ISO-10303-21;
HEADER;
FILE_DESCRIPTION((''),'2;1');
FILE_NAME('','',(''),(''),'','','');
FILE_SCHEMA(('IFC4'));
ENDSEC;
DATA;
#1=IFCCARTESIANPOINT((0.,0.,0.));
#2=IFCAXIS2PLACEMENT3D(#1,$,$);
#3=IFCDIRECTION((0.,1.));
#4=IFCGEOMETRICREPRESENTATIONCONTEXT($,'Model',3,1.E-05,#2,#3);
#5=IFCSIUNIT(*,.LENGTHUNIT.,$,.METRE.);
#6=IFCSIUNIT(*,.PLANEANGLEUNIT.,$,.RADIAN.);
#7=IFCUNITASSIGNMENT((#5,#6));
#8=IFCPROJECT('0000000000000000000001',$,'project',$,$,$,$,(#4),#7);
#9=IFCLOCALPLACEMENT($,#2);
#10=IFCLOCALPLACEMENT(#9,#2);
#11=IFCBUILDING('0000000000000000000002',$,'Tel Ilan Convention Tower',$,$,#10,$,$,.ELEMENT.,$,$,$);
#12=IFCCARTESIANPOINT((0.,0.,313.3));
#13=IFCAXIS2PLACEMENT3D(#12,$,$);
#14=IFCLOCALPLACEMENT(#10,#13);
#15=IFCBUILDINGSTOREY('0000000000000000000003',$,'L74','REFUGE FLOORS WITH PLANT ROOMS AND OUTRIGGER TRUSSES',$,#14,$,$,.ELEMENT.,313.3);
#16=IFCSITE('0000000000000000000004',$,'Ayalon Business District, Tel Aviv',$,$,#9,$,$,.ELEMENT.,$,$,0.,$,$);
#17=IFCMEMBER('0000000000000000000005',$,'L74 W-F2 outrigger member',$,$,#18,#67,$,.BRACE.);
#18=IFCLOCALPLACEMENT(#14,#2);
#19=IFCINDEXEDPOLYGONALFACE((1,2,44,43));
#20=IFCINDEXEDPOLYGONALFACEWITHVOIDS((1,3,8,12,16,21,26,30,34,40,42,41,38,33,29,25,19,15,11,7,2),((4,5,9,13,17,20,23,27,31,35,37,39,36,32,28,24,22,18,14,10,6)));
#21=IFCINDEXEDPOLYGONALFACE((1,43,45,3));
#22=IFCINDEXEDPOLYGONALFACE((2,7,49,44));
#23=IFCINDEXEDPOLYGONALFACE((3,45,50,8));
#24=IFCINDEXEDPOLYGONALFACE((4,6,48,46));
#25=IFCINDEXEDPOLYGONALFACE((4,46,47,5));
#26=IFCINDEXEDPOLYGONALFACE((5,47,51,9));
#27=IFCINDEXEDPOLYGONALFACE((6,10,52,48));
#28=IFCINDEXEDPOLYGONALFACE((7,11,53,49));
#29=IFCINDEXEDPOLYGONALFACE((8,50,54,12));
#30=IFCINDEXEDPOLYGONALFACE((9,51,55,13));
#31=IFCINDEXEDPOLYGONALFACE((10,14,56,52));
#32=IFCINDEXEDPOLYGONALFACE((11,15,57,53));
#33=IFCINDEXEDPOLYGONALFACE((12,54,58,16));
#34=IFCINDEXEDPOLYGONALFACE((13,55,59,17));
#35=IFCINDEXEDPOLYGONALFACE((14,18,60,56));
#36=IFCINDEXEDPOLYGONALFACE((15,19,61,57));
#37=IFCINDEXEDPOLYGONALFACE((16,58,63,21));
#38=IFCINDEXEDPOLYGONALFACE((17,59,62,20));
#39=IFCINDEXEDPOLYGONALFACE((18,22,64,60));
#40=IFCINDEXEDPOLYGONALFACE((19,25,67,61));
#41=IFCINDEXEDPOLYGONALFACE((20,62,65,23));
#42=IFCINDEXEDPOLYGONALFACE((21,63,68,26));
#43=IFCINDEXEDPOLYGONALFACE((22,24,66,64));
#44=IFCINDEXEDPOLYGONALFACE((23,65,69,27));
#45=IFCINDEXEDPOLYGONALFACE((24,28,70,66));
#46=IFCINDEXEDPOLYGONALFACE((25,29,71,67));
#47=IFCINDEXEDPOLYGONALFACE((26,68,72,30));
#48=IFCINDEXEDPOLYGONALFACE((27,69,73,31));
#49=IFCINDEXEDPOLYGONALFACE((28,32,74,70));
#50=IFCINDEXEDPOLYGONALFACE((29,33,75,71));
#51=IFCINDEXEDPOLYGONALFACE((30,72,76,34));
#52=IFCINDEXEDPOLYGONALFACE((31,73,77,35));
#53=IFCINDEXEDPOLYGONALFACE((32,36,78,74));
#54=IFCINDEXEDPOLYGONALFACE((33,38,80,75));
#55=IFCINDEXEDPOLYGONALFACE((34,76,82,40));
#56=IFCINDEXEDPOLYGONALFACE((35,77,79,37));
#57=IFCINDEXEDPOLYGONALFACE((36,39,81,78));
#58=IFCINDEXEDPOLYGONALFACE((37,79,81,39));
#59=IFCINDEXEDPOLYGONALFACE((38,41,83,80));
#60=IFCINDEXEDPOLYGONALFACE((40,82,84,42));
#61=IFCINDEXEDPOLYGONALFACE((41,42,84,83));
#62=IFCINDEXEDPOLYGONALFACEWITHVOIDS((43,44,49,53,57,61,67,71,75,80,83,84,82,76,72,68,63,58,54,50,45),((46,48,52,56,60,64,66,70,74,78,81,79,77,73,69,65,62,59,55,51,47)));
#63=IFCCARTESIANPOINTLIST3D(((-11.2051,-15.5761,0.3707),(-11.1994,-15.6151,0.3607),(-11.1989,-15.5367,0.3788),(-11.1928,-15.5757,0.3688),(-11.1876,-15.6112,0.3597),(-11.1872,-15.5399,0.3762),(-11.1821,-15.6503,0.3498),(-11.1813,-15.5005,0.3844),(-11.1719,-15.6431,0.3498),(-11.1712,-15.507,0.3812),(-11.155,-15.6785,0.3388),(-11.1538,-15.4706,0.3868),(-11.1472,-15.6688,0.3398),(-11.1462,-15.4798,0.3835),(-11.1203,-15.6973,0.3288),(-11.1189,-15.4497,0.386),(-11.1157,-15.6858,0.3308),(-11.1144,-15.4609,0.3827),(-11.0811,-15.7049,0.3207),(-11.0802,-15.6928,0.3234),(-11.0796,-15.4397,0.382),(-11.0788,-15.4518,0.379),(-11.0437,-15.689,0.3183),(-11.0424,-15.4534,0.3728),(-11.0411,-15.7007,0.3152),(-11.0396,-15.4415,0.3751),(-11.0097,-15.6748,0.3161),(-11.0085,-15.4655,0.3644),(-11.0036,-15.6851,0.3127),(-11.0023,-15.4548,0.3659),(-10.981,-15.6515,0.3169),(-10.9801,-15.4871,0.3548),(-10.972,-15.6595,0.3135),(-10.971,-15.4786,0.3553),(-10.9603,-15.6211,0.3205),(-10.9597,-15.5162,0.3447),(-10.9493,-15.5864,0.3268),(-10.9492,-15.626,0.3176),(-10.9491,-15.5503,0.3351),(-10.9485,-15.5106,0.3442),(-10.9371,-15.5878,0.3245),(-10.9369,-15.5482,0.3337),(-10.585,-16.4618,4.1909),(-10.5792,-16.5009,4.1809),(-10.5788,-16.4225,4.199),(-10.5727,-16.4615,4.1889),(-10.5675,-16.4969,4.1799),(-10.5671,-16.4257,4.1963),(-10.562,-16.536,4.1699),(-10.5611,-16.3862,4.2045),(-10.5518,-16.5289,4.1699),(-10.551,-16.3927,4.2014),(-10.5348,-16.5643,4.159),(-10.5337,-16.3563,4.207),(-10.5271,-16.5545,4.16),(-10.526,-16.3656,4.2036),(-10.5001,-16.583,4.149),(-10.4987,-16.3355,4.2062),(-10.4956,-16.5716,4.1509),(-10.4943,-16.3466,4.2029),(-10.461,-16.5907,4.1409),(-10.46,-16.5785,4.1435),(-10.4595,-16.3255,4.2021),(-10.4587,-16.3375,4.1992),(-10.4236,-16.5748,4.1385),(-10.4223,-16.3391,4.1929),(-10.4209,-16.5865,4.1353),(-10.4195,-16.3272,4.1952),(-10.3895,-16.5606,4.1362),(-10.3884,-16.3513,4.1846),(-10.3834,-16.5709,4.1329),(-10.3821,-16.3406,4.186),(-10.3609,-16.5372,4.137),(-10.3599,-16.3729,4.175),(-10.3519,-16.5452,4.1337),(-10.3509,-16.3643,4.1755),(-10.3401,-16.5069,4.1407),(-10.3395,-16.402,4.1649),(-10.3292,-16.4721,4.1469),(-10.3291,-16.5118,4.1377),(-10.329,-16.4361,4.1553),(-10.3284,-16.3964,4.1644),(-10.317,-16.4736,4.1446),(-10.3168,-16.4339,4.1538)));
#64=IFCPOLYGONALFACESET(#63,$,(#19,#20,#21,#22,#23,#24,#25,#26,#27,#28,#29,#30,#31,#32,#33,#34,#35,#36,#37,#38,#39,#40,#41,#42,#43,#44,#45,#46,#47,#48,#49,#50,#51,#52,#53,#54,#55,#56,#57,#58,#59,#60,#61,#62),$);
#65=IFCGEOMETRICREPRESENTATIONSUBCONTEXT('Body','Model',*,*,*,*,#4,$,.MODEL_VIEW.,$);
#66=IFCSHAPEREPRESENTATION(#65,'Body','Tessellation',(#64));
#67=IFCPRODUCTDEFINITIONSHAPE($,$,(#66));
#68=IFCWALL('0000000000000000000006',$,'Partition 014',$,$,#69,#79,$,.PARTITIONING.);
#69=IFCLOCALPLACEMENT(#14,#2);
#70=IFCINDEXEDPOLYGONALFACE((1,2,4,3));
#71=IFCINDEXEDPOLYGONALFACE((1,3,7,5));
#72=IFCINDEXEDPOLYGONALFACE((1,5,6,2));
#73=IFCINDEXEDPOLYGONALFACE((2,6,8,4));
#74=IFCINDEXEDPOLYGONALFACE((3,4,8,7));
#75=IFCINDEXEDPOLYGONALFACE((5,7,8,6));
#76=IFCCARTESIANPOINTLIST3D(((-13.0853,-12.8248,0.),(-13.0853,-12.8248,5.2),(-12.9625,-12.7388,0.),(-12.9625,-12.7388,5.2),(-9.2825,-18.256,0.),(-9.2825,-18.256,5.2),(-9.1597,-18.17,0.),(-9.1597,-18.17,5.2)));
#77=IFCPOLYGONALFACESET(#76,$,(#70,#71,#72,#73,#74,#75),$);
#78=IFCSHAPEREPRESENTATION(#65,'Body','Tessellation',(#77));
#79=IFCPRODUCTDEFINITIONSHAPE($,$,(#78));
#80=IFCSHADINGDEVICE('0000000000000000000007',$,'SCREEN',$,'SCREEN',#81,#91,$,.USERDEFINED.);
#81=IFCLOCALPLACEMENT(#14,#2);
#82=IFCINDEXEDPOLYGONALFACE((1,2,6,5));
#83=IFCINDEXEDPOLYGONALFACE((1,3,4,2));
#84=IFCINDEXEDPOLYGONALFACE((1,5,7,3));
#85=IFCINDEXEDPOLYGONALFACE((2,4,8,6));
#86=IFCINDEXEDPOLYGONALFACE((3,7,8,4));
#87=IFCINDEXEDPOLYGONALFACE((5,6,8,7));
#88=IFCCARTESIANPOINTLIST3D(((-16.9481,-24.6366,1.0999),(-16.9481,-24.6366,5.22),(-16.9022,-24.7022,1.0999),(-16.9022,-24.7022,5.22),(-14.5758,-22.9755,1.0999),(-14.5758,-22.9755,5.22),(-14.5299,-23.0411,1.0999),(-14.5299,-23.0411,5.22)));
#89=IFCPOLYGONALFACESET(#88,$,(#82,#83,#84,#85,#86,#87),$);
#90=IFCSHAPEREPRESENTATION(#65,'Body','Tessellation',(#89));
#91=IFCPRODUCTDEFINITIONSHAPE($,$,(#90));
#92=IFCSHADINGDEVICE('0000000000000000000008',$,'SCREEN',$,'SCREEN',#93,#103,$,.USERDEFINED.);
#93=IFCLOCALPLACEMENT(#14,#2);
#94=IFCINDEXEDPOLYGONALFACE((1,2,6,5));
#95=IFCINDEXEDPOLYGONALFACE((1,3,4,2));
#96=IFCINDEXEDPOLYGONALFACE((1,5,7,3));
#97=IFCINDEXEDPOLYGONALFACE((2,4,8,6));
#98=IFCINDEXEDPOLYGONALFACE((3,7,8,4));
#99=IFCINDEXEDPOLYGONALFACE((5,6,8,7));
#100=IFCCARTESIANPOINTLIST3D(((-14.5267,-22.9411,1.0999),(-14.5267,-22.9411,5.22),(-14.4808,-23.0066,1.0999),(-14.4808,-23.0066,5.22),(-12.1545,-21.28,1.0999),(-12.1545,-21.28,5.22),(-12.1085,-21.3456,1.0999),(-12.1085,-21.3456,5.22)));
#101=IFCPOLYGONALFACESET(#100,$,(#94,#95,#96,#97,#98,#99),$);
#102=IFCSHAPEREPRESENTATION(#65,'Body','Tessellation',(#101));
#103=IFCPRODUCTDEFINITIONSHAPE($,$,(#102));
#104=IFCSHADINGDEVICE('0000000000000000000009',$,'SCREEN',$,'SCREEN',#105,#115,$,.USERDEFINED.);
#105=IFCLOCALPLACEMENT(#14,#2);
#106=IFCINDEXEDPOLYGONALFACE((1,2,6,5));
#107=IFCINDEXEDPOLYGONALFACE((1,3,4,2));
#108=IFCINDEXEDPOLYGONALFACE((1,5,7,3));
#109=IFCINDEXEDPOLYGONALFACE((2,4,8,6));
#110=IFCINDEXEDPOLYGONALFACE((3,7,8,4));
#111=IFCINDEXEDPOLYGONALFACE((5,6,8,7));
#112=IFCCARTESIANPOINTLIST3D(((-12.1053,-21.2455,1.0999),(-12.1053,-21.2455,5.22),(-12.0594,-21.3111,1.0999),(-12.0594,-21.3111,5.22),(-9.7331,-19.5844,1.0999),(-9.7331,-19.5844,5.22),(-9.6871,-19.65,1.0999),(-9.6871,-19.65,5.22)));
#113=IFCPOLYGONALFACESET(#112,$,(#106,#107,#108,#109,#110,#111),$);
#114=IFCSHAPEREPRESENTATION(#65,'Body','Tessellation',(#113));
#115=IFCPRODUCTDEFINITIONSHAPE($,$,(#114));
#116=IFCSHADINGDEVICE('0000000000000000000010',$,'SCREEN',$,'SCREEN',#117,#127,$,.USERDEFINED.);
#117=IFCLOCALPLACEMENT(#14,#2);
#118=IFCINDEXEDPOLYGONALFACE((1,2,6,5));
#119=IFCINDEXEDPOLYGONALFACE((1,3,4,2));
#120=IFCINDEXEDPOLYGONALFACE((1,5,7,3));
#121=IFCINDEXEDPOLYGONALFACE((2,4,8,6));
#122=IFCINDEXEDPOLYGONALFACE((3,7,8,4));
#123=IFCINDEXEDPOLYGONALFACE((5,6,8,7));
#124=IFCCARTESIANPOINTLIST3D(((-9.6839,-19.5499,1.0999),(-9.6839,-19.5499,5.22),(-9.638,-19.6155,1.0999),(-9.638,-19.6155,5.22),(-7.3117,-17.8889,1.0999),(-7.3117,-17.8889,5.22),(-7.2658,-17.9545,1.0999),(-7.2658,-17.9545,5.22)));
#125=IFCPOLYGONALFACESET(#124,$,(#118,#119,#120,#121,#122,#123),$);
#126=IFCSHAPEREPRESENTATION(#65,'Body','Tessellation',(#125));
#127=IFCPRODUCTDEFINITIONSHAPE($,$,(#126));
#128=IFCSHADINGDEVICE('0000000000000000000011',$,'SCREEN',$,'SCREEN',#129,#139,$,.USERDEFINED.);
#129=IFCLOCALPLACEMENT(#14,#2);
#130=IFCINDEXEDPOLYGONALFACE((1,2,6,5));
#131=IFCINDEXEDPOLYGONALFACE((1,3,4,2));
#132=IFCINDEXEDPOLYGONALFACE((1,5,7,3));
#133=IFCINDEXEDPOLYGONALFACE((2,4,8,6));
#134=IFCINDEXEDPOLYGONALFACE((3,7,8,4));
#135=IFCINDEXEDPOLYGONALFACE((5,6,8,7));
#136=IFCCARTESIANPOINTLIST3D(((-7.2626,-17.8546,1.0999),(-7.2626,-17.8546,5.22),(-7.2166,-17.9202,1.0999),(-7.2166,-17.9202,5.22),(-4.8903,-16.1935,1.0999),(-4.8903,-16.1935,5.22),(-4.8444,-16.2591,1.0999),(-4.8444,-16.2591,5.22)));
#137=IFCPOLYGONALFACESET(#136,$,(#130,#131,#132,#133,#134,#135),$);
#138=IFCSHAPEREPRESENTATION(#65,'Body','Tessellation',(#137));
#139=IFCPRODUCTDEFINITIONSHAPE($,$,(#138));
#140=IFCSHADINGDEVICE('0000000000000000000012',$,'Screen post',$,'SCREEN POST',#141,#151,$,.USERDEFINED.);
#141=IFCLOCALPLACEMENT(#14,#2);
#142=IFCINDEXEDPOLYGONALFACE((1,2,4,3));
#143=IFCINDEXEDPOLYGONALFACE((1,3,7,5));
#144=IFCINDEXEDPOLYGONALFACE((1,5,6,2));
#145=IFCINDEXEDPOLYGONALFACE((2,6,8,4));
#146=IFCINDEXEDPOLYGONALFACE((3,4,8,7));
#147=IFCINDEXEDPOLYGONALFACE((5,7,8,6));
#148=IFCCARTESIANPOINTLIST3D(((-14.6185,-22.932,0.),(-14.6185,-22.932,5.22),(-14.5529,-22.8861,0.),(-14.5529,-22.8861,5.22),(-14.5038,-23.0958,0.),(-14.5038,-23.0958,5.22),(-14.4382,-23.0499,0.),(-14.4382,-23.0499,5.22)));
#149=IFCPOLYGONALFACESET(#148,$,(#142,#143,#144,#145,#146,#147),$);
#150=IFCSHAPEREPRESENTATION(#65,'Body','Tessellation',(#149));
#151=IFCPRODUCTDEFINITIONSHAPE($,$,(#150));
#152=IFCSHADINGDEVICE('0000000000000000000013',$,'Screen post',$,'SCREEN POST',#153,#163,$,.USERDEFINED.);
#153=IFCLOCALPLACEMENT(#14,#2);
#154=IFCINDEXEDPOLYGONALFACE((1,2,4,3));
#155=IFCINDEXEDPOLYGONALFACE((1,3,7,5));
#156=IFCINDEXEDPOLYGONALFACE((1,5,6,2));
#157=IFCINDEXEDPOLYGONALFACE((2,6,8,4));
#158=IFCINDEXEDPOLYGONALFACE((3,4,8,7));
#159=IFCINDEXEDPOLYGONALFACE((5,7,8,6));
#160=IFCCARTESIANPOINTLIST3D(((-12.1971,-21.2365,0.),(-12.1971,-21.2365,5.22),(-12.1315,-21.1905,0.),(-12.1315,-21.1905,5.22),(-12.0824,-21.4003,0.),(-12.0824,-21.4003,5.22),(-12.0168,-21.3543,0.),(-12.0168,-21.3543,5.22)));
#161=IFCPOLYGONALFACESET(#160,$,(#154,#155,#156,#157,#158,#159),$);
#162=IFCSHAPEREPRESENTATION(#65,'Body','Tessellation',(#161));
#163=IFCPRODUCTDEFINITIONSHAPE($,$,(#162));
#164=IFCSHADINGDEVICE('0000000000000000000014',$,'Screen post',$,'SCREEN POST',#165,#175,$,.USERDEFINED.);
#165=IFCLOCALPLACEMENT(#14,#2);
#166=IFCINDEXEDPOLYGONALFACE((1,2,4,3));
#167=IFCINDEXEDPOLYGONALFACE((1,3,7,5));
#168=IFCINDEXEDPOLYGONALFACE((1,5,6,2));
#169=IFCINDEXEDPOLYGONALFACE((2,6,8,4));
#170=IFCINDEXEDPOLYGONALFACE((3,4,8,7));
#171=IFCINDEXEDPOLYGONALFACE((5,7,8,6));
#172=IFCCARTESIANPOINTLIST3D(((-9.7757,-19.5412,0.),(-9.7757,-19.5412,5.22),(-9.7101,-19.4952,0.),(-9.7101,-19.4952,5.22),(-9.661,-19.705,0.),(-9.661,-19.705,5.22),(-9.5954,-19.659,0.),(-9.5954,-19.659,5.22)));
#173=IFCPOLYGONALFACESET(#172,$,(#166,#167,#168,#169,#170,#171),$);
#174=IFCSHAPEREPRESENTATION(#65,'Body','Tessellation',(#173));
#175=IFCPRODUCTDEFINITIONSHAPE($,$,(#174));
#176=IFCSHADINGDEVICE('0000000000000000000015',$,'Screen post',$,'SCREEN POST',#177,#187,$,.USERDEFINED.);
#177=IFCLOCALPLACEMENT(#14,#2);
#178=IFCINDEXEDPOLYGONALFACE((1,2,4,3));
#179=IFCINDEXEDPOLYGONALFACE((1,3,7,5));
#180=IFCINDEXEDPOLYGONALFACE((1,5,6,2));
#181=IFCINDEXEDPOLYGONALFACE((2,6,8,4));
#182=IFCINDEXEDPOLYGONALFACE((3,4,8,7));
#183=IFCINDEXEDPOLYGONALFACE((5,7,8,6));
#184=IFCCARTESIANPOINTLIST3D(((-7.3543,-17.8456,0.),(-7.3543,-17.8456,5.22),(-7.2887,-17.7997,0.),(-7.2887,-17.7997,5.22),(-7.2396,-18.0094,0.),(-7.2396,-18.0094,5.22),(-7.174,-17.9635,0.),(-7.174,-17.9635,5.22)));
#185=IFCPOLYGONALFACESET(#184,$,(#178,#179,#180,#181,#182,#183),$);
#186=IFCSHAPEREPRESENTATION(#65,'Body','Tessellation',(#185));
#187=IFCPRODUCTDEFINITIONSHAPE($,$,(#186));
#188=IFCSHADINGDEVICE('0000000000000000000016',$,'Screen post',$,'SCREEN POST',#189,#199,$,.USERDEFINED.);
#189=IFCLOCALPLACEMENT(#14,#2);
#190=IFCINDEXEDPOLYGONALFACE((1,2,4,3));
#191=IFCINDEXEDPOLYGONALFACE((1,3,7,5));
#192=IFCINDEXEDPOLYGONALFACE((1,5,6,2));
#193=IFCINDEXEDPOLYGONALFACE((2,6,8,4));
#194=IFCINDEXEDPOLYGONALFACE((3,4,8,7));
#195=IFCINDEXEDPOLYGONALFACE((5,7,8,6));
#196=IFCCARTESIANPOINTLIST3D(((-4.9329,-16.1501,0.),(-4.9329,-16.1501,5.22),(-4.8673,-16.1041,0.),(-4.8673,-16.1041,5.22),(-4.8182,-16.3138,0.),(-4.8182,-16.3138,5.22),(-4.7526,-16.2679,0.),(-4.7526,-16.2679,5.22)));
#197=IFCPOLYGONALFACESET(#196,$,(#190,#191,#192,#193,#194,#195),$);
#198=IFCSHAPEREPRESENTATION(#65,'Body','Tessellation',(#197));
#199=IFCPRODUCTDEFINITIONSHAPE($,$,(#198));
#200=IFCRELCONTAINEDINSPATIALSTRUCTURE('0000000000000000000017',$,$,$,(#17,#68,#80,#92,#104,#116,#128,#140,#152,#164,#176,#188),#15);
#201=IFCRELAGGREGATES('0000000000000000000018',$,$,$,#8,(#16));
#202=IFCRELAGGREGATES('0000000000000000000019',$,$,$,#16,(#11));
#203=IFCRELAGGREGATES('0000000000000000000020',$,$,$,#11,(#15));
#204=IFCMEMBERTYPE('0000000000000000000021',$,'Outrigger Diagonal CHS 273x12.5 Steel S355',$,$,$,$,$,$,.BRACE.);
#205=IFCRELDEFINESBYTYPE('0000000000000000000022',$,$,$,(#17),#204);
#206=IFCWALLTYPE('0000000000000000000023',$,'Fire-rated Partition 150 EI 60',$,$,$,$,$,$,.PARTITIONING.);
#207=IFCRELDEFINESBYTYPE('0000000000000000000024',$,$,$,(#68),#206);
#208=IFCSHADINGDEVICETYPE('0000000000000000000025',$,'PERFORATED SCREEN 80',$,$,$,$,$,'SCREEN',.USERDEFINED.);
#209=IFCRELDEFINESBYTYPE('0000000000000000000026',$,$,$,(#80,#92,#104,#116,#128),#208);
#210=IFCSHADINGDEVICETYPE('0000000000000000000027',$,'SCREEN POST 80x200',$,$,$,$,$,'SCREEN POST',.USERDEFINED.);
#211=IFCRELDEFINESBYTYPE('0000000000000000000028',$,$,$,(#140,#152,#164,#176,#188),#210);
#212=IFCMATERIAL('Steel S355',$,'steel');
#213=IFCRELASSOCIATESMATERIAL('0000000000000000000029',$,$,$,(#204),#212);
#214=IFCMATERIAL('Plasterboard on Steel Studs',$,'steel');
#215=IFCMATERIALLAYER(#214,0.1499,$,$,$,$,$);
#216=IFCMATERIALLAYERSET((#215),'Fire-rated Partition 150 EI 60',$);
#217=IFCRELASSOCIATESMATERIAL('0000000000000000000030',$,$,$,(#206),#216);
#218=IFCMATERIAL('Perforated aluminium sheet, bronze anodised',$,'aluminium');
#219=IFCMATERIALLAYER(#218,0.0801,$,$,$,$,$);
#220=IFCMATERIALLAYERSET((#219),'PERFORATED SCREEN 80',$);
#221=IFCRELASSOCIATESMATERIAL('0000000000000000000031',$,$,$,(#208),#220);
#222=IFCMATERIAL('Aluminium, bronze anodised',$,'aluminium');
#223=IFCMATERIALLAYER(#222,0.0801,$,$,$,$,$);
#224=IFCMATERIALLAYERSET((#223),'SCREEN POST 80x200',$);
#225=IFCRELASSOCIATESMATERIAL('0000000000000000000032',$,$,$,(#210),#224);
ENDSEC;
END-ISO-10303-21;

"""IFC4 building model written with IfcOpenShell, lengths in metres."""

from ifc_helpers import new_model, si_unit, direction, frame, frame_2d, origin, origin_2d, place, context, subcontext, project, spatial, rectangle, hollow_circle, extrude, material, layer, layer_set, material_profile, profile_set, type_object, element, save


model = new_model("IFC4")

# Units and contexts
model_context = context("Model", 3, precision=1e-05, world=origin(), true_north=direction((0.0, 1.0)))
body_context = subcontext(model_context, "Body", "Model", "MODEL_VIEW")
ifc_project = project(units=[si_unit("LENGTHUNIT", "METRE"), si_unit("PLANEANGLEUNIT", "RADIAN")], contexts=[model_context])

# Site, building, storey
site_placement = place(None, origin())
site = spatial("IfcSite", under=ifc_project, at=site_placement, Name="Ayalon Business District, Tel Aviv", CompositionType="ELEMENT", RefElevation=0.0)
building_placement = place(site_placement, origin())
building = spatial("IfcBuilding", under=site, at=building_placement, Name="Tel Ilan Convention Tower", CompositionType="ELEMENT")
storey_placement = place(building_placement, frame((0.0, 0.0, 313.3)))
storey = spatial("IfcBuildingStorey", under=building, at=storey_placement, Name="L74", Description="REFUGE FLOORS WITH PLANT ROOMS AND OUTRIGGER TRUSSES", CompositionType="ELEMENT", Elevation=313.3)

# Member
ifc_material_1 = material(Name="Steel S355", Category="steel")
ifc_material_profile_1 = material_profile(ifc_material_1, hollow_circle(Radius=0.1365, WallThickness=0.0125, at=origin_2d()), Name="CHS 273x12.5")
ifc_profile_set_1 = profile_set([ifc_material_profile_1], Name="Steel S355")
member_type_1 = type_object("IfcMemberType", Name="Outrigger Diagonal CHS 273x12.5 Steel S355", PredefinedType="BRACE", material=ifc_profile_set_1)
for number, where, z_axis, x_axis, name in (
    (1, (-10.4502, -16.4578, 4.1699), (-0.156195, 0.223101, -0.9622), (-0.819189, -0.573523, 0.0), "L74 W-F2 outrigger member"),
):
    element("IfcMember", number, at=place(storey_placement, frame(where, z_axis=z_axis, x_axis=x_axis)), inside=storey, type_object=member_type_1, Name=name, PredefinedType="BRACE", context=body_context, shape_type="SweptSolid", body=[
        extrude(hollow_circle(Radius=0.1365, WallThickness=0.0125, at=origin_2d()), origin(), (0.0, 0.0, 1.0), 3.9702),
    ])

# Wall
ifc_material_2 = material(Name="Plasterboard on Steel Studs", Category="steel")
ifc_layer_1 = layer(ifc_material_2, 0.1499)
ifc_layer_set_1 = layer_set([ifc_layer_1], Name="Fire-rated Partition 150 EI 60")
wall_type = type_object("IfcWallType", Name="Fire-rated Partition 150 EI 60", PredefinedType="PARTITIONING", material=ifc_layer_set_1)
wall_placement = place(storey_placement, frame((-9.2212, -18.2129, 0.0), z_axis=(0.0, 0.0, 1.0), x_axis=(-0.573556, 0.819166, 0.0)))
element("IfcWall", 2, at=wall_placement, inside=storey, type_object=wall_type, Name="Partition 014", PredefinedType="PARTITIONING", context=body_context, shape_type="SweptSolid", body=[
    extrude(rectangle(XDim=6.6301, YDim=0.1499, at=frame_2d((3.3149, 0.0))), origin(), (0.0, 0.0, 1.0), 5.2),
])

# Shading devices
ifc_material_3 = material(Name="Perforated aluminium sheet, bronze anodised", Category="aluminium")
ifc_layer_2 = layer(ifc_material_3, 0.0801)
ifc_layer_set_2 = layer_set([ifc_layer_2], Name="PERFORATED SCREEN 80")
shading_device_type_1 = type_object("IfcShadingDeviceType", Name="PERFORATED SCREEN 80", ElementType="SCREEN", PredefinedType="USERDEFINED", material=ifc_layer_set_2)
for number, where, z_axis, x_axis, name in (
    (3, (-15.739, -23.8389, 1.0999), (0.0, 0.0, 1.0), (0.819152, 0.573576, 0.0), "SCREEN"),
    (4, (-13.3176, -22.1433, 1.0999), (0.0, 0.0, 1.0), (0.819152, 0.573576, 0.0), "SCREEN"),
    (5, (-10.8962, -20.4478, 1.0999), (0.0, 0.0, 1.0), (0.819152, 0.573576, 0.0), "SCREEN"),
    (6, (-8.4749, -18.7522, 1.0999), (0.0, 0.0, 1.0), (0.819152, 0.573576, 0.0), "SCREEN"),
    (7, (-6.0535, -17.0569, 1.0999), (0.0, 0.0, 1.0), (0.819152, 0.573576, 0.0), "SCREEN"),
):
    element("IfcShadingDevice", number, at=place(storey_placement, frame(where, z_axis=z_axis, x_axis=x_axis)), inside=storey, type_object=shading_device_type_1, Name=name, ObjectType="SCREEN", PredefinedType="USERDEFINED", context=body_context, shape_type="SweptSolid", body=[
        extrude(rectangle(XDim=2.896, YDim=0.0801, at=origin_2d()), origin(), (0.0, 0.0, 1.0), 4.1201),
    ])
ifc_material_4 = material(Name="Aluminium, bronze anodised", Category="aluminium")
ifc_layer_3 = layer(ifc_material_4, 0.0801)
ifc_layer_set_3 = layer_set([ifc_layer_3], Name="SCREEN POST 80x200")
shading_device_type_2 = type_object("IfcShadingDeviceType", Name="SCREEN POST 80x200", ElementType="SCREEN POST", PredefinedType="USERDEFINED", material=ifc_layer_set_3)
for number, where, z_axis, x_axis, name in (
    (8, (-14.5283, -22.991, 0.0), (0.0, 0.0, 1.0), (0.819152, 0.573576, 0.0), "Screen post"),
    (9, (-12.1069, -21.2954, 0.0), (0.0, 0.0, 1.0), (0.819152, 0.573576, 0.0), "Screen post"),
    (10, (-9.6855, -19.6001, 0.0), (0.0, 0.0, 1.0), (0.819152, 0.573576, 0.0), "Screen post"),
    (11, (-7.2642, -17.9045, 0.0), (0.0, 0.0, 1.0), (0.819152, 0.573576, 0.0), "Screen post"),
    (12, (-4.8428, -16.209, 0.0), (0.0, 0.0, 1.0), (0.819152, 0.573576, 0.0), "Screen post"),
):
    element("IfcShadingDevice", number, at=place(storey_placement, frame(where, z_axis=z_axis, x_axis=x_axis)), inside=storey, type_object=shading_device_type_2, Name=name, ObjectType="SCREEN POST", PredefinedType="USERDEFINED", context=body_context, shape_type="SweptSolid", body=[
        extrude(rectangle(XDim=0.0801, YDim=0.2, at=origin_2d()), origin(), (0.0, 0.0, 1.0), 5.22),
    ])

save(model, "model.ifc")
